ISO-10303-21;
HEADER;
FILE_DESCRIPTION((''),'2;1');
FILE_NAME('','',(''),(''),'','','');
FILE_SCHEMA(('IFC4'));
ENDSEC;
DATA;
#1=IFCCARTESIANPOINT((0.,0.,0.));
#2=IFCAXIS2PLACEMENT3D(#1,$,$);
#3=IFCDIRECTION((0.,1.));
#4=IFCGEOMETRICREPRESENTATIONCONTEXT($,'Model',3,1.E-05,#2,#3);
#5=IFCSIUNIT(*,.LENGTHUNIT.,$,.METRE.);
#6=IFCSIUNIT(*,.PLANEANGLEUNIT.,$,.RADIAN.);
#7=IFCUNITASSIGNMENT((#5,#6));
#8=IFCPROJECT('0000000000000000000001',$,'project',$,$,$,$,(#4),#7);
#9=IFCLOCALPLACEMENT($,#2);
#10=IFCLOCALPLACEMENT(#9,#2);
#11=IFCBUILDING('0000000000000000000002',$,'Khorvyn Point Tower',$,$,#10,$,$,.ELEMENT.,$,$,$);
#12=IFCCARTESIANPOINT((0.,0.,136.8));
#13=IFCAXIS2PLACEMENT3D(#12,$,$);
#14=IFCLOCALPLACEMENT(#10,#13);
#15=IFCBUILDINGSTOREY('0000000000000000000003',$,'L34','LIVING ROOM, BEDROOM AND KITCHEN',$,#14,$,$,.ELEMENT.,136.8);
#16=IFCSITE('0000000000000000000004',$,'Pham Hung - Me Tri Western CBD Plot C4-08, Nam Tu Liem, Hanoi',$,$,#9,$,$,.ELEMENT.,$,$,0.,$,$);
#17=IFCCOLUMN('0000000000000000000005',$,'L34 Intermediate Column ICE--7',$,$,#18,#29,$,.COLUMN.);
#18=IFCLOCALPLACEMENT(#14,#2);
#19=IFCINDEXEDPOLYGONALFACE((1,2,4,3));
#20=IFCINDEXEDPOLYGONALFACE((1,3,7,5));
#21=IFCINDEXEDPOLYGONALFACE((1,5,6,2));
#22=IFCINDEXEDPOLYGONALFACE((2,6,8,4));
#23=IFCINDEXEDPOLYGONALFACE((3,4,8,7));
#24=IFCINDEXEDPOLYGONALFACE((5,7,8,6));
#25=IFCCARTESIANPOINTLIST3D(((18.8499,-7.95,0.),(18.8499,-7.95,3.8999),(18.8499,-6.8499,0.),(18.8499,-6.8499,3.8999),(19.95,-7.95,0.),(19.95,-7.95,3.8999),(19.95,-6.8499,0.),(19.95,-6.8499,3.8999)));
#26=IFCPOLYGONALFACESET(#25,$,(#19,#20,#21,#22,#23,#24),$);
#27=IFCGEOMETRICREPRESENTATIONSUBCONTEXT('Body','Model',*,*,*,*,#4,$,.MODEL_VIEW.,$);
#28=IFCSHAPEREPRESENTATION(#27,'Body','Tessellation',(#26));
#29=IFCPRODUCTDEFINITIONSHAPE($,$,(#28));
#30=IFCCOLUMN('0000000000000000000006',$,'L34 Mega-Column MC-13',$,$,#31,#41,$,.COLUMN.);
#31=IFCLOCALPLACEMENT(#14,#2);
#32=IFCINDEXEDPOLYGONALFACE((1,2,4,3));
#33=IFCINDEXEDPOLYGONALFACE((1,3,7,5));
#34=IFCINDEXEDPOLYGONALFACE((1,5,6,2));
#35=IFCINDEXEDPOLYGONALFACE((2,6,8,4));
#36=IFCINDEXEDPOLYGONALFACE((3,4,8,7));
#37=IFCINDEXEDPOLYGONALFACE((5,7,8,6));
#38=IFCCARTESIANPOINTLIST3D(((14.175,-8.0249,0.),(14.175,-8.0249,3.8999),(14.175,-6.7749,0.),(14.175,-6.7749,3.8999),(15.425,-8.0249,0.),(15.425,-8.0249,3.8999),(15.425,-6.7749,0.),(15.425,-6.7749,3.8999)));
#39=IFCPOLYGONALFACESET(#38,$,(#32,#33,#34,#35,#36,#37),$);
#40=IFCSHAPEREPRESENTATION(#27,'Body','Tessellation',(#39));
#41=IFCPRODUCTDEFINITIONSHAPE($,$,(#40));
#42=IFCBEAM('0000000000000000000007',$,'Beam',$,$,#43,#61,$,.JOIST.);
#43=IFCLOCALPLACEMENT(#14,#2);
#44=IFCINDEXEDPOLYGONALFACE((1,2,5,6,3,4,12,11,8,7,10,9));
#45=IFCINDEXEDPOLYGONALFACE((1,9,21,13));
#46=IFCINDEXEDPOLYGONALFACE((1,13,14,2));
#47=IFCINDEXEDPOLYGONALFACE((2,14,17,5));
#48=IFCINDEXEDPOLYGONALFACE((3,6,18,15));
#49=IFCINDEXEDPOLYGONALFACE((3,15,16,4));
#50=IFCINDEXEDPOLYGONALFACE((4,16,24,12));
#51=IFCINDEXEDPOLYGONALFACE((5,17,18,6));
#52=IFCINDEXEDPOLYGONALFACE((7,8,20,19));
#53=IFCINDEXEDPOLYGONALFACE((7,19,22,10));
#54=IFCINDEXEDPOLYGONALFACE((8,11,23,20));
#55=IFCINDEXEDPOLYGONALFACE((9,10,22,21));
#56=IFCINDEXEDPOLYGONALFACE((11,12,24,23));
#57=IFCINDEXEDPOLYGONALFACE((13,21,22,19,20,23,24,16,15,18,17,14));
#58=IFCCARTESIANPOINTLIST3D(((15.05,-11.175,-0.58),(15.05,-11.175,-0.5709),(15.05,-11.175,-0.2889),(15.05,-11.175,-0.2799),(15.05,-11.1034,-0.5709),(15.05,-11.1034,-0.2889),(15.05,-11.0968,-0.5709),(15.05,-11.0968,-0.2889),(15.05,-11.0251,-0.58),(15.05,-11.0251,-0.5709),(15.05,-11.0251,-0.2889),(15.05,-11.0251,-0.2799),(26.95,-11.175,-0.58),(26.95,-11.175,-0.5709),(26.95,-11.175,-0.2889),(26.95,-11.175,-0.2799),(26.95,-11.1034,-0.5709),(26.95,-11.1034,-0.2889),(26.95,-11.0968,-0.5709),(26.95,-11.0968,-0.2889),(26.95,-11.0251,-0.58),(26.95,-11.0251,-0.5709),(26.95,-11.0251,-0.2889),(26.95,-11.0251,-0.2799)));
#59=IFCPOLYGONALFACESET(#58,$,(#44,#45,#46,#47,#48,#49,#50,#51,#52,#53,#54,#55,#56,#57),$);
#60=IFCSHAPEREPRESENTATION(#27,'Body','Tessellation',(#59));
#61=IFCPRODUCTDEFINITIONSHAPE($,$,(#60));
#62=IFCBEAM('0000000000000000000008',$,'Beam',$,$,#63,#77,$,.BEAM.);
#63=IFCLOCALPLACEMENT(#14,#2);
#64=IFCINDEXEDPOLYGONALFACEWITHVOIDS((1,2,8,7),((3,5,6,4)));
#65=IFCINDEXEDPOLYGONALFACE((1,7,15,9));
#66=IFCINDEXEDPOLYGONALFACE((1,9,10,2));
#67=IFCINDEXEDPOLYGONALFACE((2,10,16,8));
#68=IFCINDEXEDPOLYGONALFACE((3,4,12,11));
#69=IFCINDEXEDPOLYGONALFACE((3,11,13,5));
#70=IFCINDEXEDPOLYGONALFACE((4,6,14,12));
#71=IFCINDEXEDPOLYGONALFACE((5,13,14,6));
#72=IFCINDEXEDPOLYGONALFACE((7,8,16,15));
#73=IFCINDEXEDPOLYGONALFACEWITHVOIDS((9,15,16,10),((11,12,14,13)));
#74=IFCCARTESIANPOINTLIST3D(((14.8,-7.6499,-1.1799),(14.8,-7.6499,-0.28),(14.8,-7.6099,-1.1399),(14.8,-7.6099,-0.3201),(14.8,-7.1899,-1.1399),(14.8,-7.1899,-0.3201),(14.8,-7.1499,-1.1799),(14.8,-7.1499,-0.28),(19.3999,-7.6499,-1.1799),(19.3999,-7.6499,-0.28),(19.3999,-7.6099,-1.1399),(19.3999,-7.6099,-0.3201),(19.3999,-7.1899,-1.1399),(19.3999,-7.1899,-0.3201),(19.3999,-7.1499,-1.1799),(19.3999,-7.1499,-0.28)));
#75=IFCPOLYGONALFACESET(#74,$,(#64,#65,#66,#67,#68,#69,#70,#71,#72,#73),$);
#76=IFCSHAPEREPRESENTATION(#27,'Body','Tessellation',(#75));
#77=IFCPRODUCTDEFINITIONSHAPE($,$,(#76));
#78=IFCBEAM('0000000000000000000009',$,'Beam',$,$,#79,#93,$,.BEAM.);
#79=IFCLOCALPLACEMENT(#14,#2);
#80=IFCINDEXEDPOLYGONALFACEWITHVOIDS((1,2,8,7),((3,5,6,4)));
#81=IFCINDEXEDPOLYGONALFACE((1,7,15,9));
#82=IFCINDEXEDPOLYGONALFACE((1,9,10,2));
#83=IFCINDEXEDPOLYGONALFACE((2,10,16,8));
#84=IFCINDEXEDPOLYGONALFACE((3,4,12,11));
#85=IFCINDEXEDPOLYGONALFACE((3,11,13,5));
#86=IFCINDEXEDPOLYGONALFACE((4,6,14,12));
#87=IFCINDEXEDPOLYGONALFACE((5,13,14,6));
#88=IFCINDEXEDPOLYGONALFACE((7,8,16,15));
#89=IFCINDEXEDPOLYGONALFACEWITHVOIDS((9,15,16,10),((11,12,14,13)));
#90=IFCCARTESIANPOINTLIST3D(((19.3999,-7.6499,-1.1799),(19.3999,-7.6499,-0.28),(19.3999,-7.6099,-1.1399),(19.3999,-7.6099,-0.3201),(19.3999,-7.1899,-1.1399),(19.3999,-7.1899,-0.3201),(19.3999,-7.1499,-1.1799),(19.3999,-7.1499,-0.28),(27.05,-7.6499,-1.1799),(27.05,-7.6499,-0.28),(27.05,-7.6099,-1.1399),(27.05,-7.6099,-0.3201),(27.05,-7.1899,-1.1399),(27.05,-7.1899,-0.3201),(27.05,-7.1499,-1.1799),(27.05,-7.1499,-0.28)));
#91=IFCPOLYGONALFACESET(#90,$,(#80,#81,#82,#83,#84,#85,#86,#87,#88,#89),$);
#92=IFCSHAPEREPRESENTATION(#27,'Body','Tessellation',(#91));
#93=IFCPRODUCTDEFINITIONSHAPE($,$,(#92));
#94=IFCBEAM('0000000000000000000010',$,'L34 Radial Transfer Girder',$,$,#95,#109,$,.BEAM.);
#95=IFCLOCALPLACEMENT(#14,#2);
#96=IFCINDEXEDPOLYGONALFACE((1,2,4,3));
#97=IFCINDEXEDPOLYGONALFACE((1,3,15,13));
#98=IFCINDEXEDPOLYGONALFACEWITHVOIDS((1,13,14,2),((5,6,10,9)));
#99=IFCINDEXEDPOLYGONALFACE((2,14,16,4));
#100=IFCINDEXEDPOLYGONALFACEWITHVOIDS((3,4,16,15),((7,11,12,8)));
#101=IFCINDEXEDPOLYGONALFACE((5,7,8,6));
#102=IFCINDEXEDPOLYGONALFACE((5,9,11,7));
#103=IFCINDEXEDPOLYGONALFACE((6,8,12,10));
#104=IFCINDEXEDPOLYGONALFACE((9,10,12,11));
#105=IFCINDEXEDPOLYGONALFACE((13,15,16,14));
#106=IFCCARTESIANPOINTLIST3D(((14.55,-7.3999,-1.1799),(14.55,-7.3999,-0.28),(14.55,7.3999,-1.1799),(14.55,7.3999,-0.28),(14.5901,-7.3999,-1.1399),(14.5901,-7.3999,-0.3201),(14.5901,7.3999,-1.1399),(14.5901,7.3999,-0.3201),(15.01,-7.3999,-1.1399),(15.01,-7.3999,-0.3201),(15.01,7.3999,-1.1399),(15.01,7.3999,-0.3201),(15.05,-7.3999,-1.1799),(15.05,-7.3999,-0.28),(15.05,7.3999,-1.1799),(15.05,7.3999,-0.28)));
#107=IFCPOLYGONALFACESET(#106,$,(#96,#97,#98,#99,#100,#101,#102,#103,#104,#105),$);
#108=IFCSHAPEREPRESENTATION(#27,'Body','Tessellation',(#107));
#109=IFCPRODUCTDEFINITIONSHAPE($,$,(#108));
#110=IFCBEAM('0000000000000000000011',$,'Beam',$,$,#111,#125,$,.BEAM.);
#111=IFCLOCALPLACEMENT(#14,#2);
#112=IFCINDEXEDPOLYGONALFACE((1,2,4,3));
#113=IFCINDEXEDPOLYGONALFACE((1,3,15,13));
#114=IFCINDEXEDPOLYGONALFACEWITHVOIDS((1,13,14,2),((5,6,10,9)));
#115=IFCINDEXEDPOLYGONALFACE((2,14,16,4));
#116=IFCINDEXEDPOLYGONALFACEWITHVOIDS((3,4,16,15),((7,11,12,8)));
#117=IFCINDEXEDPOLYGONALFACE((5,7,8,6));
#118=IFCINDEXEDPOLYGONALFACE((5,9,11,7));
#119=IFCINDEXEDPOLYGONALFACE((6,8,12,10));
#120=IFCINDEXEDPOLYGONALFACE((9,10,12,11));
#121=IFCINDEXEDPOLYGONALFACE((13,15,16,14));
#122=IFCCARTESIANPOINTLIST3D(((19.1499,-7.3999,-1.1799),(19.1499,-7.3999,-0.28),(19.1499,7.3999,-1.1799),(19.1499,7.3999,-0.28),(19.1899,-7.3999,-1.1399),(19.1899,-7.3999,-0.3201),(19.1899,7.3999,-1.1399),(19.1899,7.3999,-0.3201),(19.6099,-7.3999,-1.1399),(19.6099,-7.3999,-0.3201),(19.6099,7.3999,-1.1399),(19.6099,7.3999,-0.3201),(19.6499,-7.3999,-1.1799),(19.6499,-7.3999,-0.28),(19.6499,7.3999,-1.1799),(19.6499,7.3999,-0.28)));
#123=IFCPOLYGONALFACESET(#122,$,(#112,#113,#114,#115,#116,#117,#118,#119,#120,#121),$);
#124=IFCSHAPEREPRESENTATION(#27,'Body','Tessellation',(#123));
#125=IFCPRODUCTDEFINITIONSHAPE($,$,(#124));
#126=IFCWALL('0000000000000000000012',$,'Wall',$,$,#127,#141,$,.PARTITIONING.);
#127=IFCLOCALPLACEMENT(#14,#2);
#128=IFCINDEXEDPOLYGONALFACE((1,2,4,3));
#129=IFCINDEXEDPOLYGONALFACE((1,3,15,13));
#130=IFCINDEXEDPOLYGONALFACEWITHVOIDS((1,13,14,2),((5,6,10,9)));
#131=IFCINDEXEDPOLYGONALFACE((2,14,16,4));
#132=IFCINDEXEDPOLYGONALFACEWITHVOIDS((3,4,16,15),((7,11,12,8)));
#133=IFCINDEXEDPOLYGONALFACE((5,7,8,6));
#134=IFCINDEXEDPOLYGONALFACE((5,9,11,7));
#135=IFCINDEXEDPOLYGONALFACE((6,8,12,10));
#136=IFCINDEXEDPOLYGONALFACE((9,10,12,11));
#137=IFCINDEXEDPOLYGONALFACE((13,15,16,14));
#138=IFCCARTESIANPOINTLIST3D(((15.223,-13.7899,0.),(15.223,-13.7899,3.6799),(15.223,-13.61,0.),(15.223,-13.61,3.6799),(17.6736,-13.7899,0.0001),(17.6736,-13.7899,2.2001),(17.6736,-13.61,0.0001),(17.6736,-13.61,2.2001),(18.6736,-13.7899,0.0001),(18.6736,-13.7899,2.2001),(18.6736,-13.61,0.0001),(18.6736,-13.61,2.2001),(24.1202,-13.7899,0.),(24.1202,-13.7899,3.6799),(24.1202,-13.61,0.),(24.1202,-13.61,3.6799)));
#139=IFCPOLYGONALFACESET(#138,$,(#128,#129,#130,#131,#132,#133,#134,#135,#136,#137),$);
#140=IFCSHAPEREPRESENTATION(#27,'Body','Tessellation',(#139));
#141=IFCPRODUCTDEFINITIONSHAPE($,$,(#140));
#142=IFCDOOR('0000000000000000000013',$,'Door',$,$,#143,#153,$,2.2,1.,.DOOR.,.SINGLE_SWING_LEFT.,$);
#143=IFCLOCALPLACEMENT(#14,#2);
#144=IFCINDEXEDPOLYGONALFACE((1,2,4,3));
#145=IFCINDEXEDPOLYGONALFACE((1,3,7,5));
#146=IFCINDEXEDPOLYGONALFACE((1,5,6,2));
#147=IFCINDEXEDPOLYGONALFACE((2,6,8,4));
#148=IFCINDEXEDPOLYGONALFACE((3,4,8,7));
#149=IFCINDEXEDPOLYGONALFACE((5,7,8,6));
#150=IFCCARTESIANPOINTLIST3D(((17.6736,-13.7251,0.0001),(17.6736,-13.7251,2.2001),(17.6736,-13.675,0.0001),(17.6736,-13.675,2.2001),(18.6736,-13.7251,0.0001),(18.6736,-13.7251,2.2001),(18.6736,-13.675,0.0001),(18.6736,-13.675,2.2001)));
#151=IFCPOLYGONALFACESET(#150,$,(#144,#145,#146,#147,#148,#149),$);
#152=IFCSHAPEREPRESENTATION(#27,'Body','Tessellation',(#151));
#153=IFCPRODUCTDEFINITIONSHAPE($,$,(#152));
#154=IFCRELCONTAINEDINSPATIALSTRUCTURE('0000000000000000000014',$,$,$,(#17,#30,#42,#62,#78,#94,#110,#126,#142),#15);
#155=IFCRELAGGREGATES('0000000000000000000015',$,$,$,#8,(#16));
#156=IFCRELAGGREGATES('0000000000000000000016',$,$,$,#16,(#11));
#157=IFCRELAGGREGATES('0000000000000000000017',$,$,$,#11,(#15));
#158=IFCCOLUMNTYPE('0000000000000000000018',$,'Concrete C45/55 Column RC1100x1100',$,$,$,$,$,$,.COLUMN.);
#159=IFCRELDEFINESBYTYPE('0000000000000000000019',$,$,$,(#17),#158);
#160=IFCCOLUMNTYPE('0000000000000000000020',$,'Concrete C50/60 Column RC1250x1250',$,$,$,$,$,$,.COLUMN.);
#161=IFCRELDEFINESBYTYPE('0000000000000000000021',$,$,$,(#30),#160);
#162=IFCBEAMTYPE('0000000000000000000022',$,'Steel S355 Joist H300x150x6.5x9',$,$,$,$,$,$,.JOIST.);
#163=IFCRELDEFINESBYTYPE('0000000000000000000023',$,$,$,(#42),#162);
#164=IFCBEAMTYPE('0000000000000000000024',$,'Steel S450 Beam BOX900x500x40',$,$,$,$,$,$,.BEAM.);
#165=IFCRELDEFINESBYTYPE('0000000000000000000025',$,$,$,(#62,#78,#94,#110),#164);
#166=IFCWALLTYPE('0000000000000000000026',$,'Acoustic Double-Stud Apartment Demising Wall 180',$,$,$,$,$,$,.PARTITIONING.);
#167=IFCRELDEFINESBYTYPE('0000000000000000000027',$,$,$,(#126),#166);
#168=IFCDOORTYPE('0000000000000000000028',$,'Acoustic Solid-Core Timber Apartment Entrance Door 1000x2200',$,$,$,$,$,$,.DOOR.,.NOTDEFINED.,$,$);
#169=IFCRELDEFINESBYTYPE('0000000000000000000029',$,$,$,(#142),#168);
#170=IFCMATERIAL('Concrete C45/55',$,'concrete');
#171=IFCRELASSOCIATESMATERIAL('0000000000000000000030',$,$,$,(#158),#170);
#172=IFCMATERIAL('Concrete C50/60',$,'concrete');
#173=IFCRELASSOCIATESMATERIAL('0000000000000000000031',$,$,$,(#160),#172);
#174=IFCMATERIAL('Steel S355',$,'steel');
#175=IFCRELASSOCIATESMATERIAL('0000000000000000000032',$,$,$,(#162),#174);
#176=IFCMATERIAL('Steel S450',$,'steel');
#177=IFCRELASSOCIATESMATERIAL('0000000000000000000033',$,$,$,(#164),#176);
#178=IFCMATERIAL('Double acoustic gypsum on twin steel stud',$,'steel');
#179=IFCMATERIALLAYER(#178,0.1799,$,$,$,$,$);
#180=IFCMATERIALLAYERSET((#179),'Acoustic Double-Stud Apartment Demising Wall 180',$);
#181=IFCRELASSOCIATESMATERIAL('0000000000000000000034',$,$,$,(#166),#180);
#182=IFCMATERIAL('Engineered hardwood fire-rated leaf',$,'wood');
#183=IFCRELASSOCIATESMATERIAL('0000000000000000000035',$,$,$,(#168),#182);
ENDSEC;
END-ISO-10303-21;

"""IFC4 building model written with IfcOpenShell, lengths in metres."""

from ifc_helpers import new_model, si_unit, direction, frame, frame_2d, origin, origin_2d, place, context, subcontext, project, spatial, rectangle, hollow_rectangle, i_section, extrude, material, layer, layer_set, material_profile, profile_set, type_object, element, fill, save


model = new_model("IFC4")

# Units and contexts
model_context = context("Model", 3, precision=1e-05, world=origin(), true_north=direction((0.0, 1.0)))
body_context = subcontext(model_context, "Body", "Model", "MODEL_VIEW")
ifc_project = project(units=[si_unit("LENGTHUNIT", "METRE"), si_unit("PLANEANGLEUNIT", "RADIAN")], contexts=[model_context])

# Site, building, storey
site_placement = place(None, origin())
site = spatial("IfcSite", under=ifc_project, at=site_placement, Name="Pham Hung - Me Tri Western CBD Plot C4-08, Nam Tu Liem, Hanoi", CompositionType="ELEMENT", RefElevation=0.0)
building_placement = place(site_placement, origin())
building = spatial("IfcBuilding", under=site, at=building_placement, Name="Khorvyn Point Tower", CompositionType="ELEMENT")
storey_placement = place(building_placement, frame((0.0, 0.0, 136.8)))
storey = spatial("IfcBuildingStorey", under=building, at=storey_placement, Name="L34", Description="LIVING ROOM, BEDROOM AND KITCHEN", CompositionType="ELEMENT", Elevation=136.8)

# Columns
ifc_material_1 = material(Name="Concrete C45/55", Category="concrete")
ifc_material_profile_1 = material_profile(ifc_material_1, rectangle(XDim=1.1001, YDim=1.1001, at=origin_2d()))
ifc_profile_set_1 = profile_set([ifc_material_profile_1], Name="Concrete C45/55 RC1100x1100")
column_type_1 = type_object("IfcColumnType", Name="Concrete C45/55 Column RC1100x1100", PredefinedType="COLUMN", material=ifc_profile_set_1)
column_1_placement = place(storey_placement, frame((19.3999, -7.3999, 0.0), z_axis=(0.0, 0.0, 1.0), x_axis=(1.0, 0.0, 0.0)))
element("IfcColumn", 1, at=column_1_placement, inside=storey, type_object=column_type_1, Name="L34 Intermediate Column ICE--7", PredefinedType="COLUMN", context=body_context, shape_type="SweptSolid", body=[
    extrude(rectangle(XDim=1.1001, YDim=1.1001, at=origin_2d()), origin(), (0.0, 0.0, 1.0), 3.8999),
])
ifc_material_2 = material(Name="Concrete C50/60", Category="concrete")
ifc_material_profile_2 = material_profile(ifc_material_2, rectangle(XDim=1.25, YDim=1.25, at=origin_2d()))
ifc_profile_set_2 = profile_set([ifc_material_profile_2], Name="Concrete C50/60 RC1250x1250")
column_type_2 = type_object("IfcColumnType", Name="Concrete C50/60 Column RC1250x1250", PredefinedType="COLUMN", material=ifc_profile_set_2)
column_2_placement = place(storey_placement, frame((14.8, -7.3999, 0.0), z_axis=(0.0, 0.0, 1.0), x_axis=(1.0, 0.0, 0.0)))
element("IfcColumn", 2, at=column_2_placement, inside=storey, type_object=column_type_2, Name="L34 Mega-Column MC-13", PredefinedType="COLUMN", context=body_context, shape_type="SweptSolid", body=[
    extrude(rectangle(XDim=1.25, YDim=1.25, at=origin_2d()), origin(), (0.0, 0.0, 1.0), 3.8999),
])

# Beams
ifc_material_3 = material(Name="Steel S355", Category="steel")
ifc_material_profile_3 = material_profile(ifc_material_3, i_section(OverallWidth=0.1499, OverallDepth=0.3, WebThickness=0.0066, FlangeThickness=0.009, at=origin_2d()))
ifc_profile_set_3 = profile_set([ifc_material_profile_3], Name="Steel S355 H300x150x6.5x9")
beam_type_1 = type_object("IfcBeamType", Name="Steel S355 Joist H300x150x6.5x9", PredefinedType="JOIST", material=ifc_profile_set_3)
beam_1_placement = place(storey_placement, frame((15.05, -11.1001, -0.4299), z_axis=(1.0, 0.0, 0.0), x_axis=(0.0, 1.0, 0.0)))
element("IfcBeam", 3, at=beam_1_placement, inside=storey, type_object=beam_type_1, Name="Beam", PredefinedType="JOIST", context=body_context, shape_type="SweptSolid", body=[
    extrude(i_section(OverallWidth=0.1499, OverallDepth=0.3, WebThickness=0.0066, FlangeThickness=0.009, at=origin_2d()), origin(), (0.0, 0.0, 1.0), 11.8999),
])
ifc_material_4 = material(Name="Steel S450", Category="steel")
ifc_material_profile_4 = material_profile(ifc_material_4, hollow_rectangle(XDim=0.5, YDim=0.8999, WallThickness=0.04, at=origin_2d()))
ifc_profile_set_4 = profile_set([ifc_material_profile_4], Name="Steel S450 BOX900x500x40")
beam_type_2 = type_object("IfcBeamType", Name="Steel S450 Beam BOX900x500x40", PredefinedType="BEAM", material=ifc_profile_set_4)
beam_2_placement = place(storey_placement, frame((14.8, -7.3999, -0.73), z_axis=(1.0, 0.0, 0.0), x_axis=(0.0, 1.0, 0.0)))
element("IfcBeam", 4, at=beam_2_placement, inside=storey, type_object=beam_type_2, Name="Beam", PredefinedType="BEAM", context=body_context, shape_type="SweptSolid", body=[
    extrude(hollow_rectangle(XDim=0.5, YDim=0.8999, WallThickness=0.04, at=origin_2d()), origin(), (0.0, 0.0, 1.0), 4.5999),
])
beam_3_placement = place(storey_placement, frame((19.3999, -7.3999, -0.73), z_axis=(1.0, 0.0, 0.0), x_axis=(0.0, 1.0, 0.0)))
element("IfcBeam", 5, at=beam_3_placement, inside=storey, type_object=beam_type_2, Name="Beam", PredefinedType="BEAM", context=body_context, shape_type="SweptSolid", body=[
    extrude(hollow_rectangle(XDim=0.5, YDim=0.8999, WallThickness=0.04, at=origin_2d()), origin(), (0.0, 0.0, 1.0), 7.6501),
])
for number, where, z_axis, x_axis, name in (
    (6, (14.8, -7.3999, -0.73), (0.0, 1.0, 0.0), (-1.0, 0.0, 0.0), "L34 Radial Transfer Girder"),
    (7, (19.3999, -7.3999, -0.73), (0.0, 1.0, 0.0), (-1.0, 0.0, 0.0), "Beam"),
):
    element("IfcBeam", number, at=place(storey_placement, frame(where, z_axis=z_axis, x_axis=x_axis)), inside=storey, type_object=beam_type_2, Name=name, PredefinedType="BEAM", context=body_context, shape_type="SweptSolid", body=[
        extrude(hollow_rectangle(XDim=0.5, YDim=0.8999, WallThickness=0.04, at=origin_2d()), origin(), (0.0, 0.0, 1.0), 14.7998),
    ])

# Wall, opening, door
ifc_material_5 = material(Name="Double acoustic gypsum on twin steel stud", Category="steel")
ifc_layer_1 = layer(ifc_material_5, 0.1799)
ifc_layer_set_1 = layer_set([ifc_layer_1], Name="Acoustic Double-Stud Apartment Demising Wall 180")
wall_type_1 = type_object("IfcWallType", Name="Acoustic Double-Stud Apartment Demising Wall 180", PredefinedType="PARTITIONING", material=ifc_layer_set_1)
wall_1_placement = place(storey_placement, frame((15.2229, -13.7, 0.0), z_axis=(0.0, 0.0, 1.0), x_axis=(1.0, 0.0, 0.0)))
wall_1 = element("IfcWall", 8, at=wall_1_placement, inside=storey, type_object=wall_type_1, Name="Wall", PredefinedType="PARTITIONING", context=body_context, shape_type="SweptSolid", body=[
    extrude(rectangle(XDim=8.8972, YDim=0.1799, at=frame_2d((4.4487, 0.0))), origin(), (0.0, 0.0, 1.0), 3.6799),
])
opening_1_placement = place(wall_1_placement, frame((2.4507, 0.0, 0.0)))
opening_1 = element("IfcOpeningElement", 9, at=opening_1_placement, cuts=wall_1, PredefinedType="OPENING", context=body_context, shape_type="SweptSolid", body=[
    extrude(rectangle(XDim=1.0, YDim=2.2, at=frame_2d((0.5, 1.1001))), frame((0.0, 0.0999, 0.0), z_axis=(0.0, -1.0, 0.0), x_axis=(1.0, 0.0, 0.0)), (0.0, 0.0, 1.0), 0.2),
])
ifc_material_6 = material(Name="Engineered hardwood fire-rated leaf", Category="wood")
door_type_1 = type_object("IfcDoorType", Name="Acoustic Solid-Core Timber Apartment Entrance Door 1000x2200", OperationType="NOTDEFINED", PredefinedType="DOOR", material=ifc_material_6)
door_1_placement = place(opening_1_placement, origin())
door_1 = element("IfcDoor", 10, at=door_1_placement, inside=storey, type_object=door_type_1, Name="Door", OperationType="SINGLE_SWING_LEFT", OverallHeight=2.2, OverallWidth=1.0, PredefinedType="DOOR", context=body_context, shape_type="SweptSolid", body=[
    extrude(rectangle(XDim=1.0, YDim=2.2, at=frame_2d((0.5, 1.1001))), frame((0.0, 0.0249, 0.0), z_axis=(0.0, -1.0, 0.0), x_axis=(1.0, 0.0, 0.0)), (0.0, 0.0, 1.0), 0.05),
])
fill(opening_1, door_1)

save(model, "model.ifc")
